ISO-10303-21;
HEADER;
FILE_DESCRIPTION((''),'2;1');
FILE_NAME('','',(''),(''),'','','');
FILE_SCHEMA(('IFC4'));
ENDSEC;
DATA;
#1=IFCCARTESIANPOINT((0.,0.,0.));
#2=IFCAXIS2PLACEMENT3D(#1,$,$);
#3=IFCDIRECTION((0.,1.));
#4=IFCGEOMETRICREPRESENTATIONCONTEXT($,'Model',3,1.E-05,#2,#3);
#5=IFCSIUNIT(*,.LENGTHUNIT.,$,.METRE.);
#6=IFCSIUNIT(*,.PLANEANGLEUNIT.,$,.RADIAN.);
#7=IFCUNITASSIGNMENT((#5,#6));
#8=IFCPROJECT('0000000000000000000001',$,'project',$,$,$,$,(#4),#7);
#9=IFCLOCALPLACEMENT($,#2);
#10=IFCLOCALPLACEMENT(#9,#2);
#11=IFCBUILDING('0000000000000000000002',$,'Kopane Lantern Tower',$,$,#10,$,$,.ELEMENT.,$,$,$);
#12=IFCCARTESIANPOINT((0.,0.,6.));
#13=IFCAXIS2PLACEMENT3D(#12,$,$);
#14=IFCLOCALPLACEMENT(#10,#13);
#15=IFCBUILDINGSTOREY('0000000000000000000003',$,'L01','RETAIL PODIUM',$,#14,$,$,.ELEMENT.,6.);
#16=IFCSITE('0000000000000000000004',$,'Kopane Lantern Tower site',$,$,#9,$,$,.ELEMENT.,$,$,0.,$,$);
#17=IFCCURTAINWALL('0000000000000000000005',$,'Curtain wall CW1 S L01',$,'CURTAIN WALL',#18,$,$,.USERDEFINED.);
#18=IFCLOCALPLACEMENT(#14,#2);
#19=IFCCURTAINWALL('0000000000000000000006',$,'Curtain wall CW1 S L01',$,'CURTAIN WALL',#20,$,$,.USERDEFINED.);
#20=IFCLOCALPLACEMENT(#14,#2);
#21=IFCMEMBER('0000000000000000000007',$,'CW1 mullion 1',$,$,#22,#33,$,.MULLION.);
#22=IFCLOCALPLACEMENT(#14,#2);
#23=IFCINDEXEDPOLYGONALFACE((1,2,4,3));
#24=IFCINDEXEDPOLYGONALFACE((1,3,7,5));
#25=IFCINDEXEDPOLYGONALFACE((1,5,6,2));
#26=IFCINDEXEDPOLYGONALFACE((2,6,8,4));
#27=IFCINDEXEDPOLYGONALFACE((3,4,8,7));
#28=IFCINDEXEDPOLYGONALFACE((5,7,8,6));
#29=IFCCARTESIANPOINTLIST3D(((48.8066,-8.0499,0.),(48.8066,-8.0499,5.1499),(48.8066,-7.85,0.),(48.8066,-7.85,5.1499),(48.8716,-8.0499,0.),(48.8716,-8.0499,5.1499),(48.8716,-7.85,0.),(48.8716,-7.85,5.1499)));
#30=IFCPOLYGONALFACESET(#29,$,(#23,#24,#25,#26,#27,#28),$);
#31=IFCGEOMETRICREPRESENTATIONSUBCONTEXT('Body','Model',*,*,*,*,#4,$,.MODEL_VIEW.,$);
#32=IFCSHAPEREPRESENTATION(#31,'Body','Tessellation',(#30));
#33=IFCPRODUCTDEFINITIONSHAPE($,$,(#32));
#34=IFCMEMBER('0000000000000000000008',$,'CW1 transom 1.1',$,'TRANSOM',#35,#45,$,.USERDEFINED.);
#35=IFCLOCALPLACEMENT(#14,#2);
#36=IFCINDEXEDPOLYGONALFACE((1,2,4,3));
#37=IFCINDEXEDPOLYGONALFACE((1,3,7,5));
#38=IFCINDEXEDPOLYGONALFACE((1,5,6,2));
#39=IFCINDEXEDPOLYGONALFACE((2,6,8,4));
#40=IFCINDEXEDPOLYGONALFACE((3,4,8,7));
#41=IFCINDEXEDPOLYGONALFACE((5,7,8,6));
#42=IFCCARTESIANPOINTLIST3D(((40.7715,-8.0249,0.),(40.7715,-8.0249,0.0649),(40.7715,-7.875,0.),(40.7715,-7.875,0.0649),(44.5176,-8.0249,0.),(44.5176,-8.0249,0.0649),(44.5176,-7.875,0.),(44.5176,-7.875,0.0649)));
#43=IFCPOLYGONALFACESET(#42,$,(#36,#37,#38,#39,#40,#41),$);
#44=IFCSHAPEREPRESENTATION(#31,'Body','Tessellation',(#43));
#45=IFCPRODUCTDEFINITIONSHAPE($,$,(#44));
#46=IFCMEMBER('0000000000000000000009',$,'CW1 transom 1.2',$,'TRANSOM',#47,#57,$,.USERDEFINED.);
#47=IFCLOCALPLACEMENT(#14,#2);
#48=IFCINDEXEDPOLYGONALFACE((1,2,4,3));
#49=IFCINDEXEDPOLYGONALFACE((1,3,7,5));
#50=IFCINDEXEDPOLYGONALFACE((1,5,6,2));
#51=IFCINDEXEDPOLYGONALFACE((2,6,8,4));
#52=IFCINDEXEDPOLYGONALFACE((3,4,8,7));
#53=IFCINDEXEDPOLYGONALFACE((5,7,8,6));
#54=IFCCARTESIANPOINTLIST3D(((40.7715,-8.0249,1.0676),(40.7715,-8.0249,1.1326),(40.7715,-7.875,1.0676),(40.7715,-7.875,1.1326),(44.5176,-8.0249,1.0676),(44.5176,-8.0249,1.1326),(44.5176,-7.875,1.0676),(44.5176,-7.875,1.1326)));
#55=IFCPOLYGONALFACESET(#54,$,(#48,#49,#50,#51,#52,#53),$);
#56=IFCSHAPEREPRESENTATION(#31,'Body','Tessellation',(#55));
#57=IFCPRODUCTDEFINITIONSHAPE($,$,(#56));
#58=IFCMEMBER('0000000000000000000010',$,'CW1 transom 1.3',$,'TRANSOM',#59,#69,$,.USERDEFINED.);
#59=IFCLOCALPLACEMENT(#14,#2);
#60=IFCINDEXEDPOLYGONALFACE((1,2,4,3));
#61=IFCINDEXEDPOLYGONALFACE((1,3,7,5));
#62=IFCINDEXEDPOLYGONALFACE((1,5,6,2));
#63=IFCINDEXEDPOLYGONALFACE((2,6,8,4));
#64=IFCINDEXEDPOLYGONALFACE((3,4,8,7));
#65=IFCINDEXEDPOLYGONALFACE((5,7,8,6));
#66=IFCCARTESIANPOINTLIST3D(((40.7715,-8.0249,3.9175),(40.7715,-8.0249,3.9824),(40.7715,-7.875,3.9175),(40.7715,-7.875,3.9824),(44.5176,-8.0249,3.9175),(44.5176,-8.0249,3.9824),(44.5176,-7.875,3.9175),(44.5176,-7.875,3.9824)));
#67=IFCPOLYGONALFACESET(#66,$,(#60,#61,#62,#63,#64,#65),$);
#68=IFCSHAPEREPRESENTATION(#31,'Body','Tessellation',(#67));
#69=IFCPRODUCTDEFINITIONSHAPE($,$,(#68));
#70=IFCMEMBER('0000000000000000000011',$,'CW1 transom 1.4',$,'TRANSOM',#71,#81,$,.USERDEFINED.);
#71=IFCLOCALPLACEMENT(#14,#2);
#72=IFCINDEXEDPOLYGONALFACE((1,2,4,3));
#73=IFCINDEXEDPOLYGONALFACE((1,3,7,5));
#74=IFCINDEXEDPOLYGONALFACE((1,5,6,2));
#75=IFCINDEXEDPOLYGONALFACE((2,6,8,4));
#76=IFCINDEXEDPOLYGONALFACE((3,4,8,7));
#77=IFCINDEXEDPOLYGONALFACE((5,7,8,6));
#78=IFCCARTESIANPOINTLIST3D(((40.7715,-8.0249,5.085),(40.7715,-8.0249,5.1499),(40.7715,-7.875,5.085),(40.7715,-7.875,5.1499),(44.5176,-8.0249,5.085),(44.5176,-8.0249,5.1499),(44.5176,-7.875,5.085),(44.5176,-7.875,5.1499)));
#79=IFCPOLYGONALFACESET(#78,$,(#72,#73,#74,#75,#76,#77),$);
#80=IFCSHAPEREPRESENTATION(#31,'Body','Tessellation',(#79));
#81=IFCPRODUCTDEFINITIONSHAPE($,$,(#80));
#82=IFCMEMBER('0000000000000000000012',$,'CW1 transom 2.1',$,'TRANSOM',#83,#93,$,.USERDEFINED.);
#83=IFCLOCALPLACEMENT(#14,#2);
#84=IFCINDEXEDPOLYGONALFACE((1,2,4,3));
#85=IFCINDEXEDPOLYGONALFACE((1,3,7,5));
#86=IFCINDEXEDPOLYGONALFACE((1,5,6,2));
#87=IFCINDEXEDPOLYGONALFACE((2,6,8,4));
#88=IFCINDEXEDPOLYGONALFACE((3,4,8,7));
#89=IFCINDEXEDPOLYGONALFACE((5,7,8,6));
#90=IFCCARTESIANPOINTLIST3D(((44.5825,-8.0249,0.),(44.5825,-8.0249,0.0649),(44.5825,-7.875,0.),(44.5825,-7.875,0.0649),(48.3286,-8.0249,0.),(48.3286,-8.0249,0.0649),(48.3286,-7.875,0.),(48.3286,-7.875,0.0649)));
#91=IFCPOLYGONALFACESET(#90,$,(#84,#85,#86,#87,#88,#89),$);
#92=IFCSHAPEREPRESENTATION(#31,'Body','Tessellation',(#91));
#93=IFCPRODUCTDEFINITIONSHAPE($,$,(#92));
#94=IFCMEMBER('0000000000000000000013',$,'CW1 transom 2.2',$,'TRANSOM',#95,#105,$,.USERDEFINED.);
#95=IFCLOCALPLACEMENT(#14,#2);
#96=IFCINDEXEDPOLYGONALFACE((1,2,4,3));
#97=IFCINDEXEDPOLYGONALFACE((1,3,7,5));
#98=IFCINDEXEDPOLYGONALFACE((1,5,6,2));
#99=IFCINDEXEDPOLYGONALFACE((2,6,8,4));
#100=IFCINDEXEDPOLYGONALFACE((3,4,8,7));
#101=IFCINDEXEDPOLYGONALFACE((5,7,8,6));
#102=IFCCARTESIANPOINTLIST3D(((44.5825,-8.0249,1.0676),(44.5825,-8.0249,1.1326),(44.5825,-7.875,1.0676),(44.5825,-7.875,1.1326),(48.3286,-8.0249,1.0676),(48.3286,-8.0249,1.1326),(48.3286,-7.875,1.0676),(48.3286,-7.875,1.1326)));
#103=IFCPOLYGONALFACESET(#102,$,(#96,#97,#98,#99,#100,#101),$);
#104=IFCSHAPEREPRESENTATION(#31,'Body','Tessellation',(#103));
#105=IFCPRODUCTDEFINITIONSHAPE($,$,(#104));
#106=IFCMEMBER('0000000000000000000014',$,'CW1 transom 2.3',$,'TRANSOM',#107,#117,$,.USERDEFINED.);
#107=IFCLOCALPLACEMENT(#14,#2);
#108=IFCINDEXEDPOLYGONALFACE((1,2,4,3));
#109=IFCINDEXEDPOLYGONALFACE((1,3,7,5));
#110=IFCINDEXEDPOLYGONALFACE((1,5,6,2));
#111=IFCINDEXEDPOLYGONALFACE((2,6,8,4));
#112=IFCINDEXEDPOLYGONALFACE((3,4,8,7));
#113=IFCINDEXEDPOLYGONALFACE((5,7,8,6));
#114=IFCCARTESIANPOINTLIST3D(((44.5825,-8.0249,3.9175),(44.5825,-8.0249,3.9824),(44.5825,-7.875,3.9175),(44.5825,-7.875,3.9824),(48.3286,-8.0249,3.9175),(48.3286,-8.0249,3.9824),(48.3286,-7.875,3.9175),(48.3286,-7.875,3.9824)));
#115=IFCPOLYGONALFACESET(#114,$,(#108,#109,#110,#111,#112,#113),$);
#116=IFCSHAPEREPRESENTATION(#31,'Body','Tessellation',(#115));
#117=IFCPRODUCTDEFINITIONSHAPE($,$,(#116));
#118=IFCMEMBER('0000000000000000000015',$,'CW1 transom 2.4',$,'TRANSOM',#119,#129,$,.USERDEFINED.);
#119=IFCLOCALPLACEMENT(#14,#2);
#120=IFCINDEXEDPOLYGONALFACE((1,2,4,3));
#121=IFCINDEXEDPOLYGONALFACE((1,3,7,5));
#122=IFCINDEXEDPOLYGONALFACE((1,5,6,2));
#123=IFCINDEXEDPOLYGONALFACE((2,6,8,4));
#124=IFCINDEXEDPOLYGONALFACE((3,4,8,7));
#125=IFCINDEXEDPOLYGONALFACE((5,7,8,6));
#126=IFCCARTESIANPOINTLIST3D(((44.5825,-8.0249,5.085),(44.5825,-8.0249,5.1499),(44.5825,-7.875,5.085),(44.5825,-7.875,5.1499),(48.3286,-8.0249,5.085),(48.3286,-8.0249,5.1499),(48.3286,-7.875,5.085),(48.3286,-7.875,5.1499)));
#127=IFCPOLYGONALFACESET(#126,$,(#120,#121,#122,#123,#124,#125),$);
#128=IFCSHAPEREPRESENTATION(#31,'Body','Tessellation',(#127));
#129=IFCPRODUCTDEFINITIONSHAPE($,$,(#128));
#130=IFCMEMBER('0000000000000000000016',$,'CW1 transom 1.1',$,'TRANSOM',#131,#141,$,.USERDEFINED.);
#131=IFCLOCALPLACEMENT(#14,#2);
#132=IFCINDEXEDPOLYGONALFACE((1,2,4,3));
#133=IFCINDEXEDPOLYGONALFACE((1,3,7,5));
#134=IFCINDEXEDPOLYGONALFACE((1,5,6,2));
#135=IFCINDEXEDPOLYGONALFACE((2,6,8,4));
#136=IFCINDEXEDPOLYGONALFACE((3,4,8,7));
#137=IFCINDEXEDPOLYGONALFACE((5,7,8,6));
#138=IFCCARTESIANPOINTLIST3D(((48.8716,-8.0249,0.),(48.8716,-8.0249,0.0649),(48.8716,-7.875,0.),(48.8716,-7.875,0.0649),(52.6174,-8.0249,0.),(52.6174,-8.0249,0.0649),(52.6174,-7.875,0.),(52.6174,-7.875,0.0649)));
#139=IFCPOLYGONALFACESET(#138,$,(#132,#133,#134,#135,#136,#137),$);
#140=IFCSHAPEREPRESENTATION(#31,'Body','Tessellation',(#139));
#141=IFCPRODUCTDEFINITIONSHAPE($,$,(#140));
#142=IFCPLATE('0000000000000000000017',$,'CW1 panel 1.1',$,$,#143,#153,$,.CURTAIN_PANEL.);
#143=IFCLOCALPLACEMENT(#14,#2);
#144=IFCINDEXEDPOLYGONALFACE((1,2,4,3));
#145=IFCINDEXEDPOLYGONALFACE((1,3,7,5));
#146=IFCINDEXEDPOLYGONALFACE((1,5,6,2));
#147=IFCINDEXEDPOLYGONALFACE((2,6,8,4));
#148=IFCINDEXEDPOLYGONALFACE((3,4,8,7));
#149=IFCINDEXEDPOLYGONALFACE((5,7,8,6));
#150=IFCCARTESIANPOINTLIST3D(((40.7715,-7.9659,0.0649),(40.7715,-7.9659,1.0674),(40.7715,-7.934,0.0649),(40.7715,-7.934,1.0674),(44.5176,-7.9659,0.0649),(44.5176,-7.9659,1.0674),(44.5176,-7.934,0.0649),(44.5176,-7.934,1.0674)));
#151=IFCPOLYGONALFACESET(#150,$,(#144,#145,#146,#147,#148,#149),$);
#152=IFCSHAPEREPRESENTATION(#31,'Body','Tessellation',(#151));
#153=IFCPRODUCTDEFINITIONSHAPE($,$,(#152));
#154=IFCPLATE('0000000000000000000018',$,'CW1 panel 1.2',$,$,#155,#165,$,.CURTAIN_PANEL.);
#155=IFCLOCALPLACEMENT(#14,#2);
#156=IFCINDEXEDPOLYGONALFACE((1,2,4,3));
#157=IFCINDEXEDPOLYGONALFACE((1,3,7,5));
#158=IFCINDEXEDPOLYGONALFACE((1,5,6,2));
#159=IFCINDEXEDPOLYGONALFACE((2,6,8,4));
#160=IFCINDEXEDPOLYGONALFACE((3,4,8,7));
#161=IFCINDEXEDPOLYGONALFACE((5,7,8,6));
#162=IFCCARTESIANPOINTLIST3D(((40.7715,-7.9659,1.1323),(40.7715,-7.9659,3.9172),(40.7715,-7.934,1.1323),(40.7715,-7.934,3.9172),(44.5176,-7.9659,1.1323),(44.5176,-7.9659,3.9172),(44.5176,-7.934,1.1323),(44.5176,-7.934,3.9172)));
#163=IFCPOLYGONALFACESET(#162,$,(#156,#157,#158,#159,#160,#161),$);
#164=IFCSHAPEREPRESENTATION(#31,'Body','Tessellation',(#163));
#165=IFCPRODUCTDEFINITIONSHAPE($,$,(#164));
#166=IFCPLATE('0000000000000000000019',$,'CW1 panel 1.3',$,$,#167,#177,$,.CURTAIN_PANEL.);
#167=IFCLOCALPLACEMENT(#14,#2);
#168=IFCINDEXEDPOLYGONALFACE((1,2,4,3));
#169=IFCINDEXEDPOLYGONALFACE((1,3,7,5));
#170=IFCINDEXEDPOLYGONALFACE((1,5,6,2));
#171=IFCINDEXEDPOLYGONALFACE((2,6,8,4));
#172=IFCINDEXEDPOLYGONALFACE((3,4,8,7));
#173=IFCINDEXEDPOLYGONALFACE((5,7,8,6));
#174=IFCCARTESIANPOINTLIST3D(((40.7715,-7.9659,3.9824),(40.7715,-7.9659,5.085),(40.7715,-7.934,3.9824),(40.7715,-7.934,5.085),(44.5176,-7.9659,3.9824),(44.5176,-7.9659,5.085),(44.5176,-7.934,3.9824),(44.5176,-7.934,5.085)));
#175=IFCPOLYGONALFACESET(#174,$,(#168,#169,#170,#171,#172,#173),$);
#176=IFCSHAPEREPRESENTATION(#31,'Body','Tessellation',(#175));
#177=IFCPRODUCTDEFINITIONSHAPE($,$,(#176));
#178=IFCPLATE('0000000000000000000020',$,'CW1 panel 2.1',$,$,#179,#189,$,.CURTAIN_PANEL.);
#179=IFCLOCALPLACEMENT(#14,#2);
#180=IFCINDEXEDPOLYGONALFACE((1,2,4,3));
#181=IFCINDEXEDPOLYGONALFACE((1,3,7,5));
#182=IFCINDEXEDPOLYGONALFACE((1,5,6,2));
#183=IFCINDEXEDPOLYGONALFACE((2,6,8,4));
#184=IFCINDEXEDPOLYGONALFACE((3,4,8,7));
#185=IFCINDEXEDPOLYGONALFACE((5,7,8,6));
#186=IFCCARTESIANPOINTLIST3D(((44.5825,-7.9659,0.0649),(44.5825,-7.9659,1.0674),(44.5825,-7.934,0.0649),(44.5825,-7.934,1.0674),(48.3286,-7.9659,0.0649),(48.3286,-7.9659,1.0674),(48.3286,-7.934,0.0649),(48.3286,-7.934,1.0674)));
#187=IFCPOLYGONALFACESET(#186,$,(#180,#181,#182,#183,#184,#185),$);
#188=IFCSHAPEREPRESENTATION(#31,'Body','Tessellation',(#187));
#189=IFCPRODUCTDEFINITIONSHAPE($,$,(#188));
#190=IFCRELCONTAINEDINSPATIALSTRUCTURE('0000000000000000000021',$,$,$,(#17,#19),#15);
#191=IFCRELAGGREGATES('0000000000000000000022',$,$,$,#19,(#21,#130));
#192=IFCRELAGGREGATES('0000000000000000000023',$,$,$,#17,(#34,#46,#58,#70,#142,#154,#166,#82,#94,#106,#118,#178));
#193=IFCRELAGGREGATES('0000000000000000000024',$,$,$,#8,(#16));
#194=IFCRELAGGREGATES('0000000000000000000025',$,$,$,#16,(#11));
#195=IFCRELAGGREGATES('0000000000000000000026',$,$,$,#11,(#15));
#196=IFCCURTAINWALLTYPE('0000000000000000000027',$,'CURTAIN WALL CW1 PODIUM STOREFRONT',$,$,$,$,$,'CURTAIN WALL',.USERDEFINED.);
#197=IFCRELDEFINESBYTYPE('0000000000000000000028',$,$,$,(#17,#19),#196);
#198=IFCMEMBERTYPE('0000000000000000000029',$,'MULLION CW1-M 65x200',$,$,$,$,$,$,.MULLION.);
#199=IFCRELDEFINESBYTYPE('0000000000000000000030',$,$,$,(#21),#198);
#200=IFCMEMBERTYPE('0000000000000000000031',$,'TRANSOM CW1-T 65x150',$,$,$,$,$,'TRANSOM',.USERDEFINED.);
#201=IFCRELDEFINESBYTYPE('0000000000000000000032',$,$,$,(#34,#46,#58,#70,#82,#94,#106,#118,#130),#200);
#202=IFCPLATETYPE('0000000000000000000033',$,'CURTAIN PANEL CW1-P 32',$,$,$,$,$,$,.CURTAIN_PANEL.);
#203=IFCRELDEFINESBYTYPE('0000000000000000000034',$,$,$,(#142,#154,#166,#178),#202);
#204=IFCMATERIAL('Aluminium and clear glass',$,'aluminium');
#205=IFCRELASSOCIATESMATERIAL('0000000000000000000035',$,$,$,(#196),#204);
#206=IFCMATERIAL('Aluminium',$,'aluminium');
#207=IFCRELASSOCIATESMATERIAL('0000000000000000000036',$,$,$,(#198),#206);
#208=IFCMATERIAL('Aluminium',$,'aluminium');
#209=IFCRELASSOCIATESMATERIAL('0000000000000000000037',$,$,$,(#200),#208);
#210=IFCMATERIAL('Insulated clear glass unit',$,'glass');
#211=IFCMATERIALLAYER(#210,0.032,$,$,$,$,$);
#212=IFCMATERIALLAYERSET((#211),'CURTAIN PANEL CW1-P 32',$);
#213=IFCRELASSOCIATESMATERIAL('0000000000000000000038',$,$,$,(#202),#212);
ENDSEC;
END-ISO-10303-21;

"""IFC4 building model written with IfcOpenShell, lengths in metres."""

from ifc_helpers import new_model, si_unit, direction, frame, origin, origin_2d, place, context, subcontext, project, spatial, rectangle, extrude, material, layer, layer_set, material_profile, profile_set, type_object, element, aggregate, save


model = new_model("IFC4")

# Units and contexts
model_context = context("Model", 3, precision=1e-05, world=origin(), true_north=direction((0.0, 1.0)))
body_context = subcontext(model_context, "Body", "Model", "MODEL_VIEW")
ifc_project = project(units=[si_unit("LENGTHUNIT", "METRE"), si_unit("PLANEANGLEUNIT", "RADIAN")], contexts=[model_context])

# Site, building, storey
site_placement = place(None, origin())
site = spatial("IfcSite", under=ifc_project, at=site_placement, Name="Kopane Lantern Tower site", CompositionType="ELEMENT", RefElevation=0.0)
building_placement = place(site_placement, origin())
building = spatial("IfcBuilding", under=site, at=building_placement, Name="Kopane Lantern Tower", CompositionType="ELEMENT")
storey_placement = place(building_placement, frame((0.0, 0.0, 6.0)))
storey = spatial("IfcBuildingStorey", under=building, at=storey_placement, Name="L01", Description="RETAIL PODIUM", CompositionType="ELEMENT", Elevation=6.0)

# Curtain wall
ifc_material_1 = material(Name="Aluminium and clear glass", Category="aluminium")
curtain_wall_type = type_object("IfcCurtainWallType", Name="CURTAIN WALL CW1 PODIUM STOREFRONT", ElementType="CURTAIN WALL", PredefinedType="USERDEFINED", material=ifc_material_1)
curtain_wall_1_placement = place(storey_placement, origin())
curtain_wall_1 = element("IfcCurtainWall", 1, at=curtain_wall_1_placement, inside=storey, type_object=curtain_wall_type, Name="Curtain wall CW1 S L01", ObjectType="CURTAIN WALL", PredefinedType="USERDEFINED")
ifc_material_2 = material(Name="Aluminium", Category="aluminium")
ifc_material_profile_1 = material_profile(ifc_material_2, rectangle(XDim=0.0649, YDim=0.2, at=origin_2d()), Name="AL 65x200")
ifc_profile_set_1 = profile_set([ifc_material_profile_1], Name="Aluminium")
member_type_1 = type_object("IfcMemberType", Name="MULLION CW1-M 65x200", PredefinedType="MULLION", material=ifc_profile_set_1)

# Curtain wall, member
curtain_wall_2_placement = place(storey_placement, origin())
curtain_wall_2 = element("IfcCurtainWall", 2, at=curtain_wall_2_placement, inside=storey, type_object=curtain_wall_type, Name="Curtain wall CW1 S L01", ObjectType="CURTAIN WALL", PredefinedType="USERDEFINED")
member_1_placement = place(storey_placement, frame((48.8391, -7.95, 0.0), z_axis=(0.0, 0.0, 1.0), x_axis=(1.0, 0.0, 0.0)))
member_1 = element("IfcMember", 3, at=member_1_placement, type_object=member_type_1, Name="CW1 mullion 1", PredefinedType="MULLION", context=body_context, shape_type="SweptSolid", body=[
    extrude(rectangle(XDim=0.0649, YDim=0.2, at=origin_2d()), origin(), (0.0, 0.0, 1.0), 5.1499),
])

# Members
ifc_material_3 = material(Name="Aluminium", Category="aluminium")
ifc_material_profile_2 = material_profile(ifc_material_3, rectangle(XDim=0.1499, YDim=0.0649, at=origin_2d()), Name="AL 150x65")
ifc_profile_set_2 = profile_set([ifc_material_profile_2], Name="Aluminium")
member_type_2 = type_object("IfcMemberType", Name="TRANSOM CW1-T 65x150", ElementType="TRANSOM", PredefinedType="USERDEFINED", material=ifc_profile_set_2)
member_2_placement = place(storey_placement, frame((40.7715, -7.95, 0.0325), z_axis=(1.0, 0.0, 0.0), x_axis=(0.0, 1.0, 0.0)))
member_2 = element("IfcMember", 4, at=member_2_placement, type_object=member_type_2, Name="CW1 transom 1.1", ObjectType="TRANSOM", PredefinedType="USERDEFINED", context=body_context, shape_type="SweptSolid", body=[
    extrude(rectangle(XDim=0.1499, YDim=0.0649, at=origin_2d()), origin(), (0.0, 0.0, 1.0), 3.7461),
])
member_3_placement = place(storey_placement, frame((40.7715, -7.95, 1.1001), z_axis=(1.0, 0.0, 0.0), x_axis=(0.0, 1.0, 0.0)))
member_3 = element("IfcMember", 5, at=member_3_placement, type_object=member_type_2, Name="CW1 transom 1.2", ObjectType="TRANSOM", PredefinedType="USERDEFINED", context=body_context, shape_type="SweptSolid", body=[
    extrude(rectangle(XDim=0.1499, YDim=0.0649, at=origin_2d()), origin(), (0.0, 0.0, 1.0), 3.7461),
])
member_4_placement = place(storey_placement, frame((40.7715, -7.95, 3.95), z_axis=(1.0, 0.0, 0.0), x_axis=(0.0, 1.0, 0.0)))
member_4 = element("IfcMember", 6, at=member_4_placement, type_object=member_type_2, Name="CW1 transom 1.3", ObjectType="TRANSOM", PredefinedType="USERDEFINED", context=body_context, shape_type="SweptSolid", body=[
    extrude(rectangle(XDim=0.1499, YDim=0.0649, at=origin_2d()), origin(), (0.0, 0.0, 1.0), 3.7461),
])
member_5_placement = place(storey_placement, frame((40.7715, -7.95, 5.1174), z_axis=(1.0, 0.0, 0.0), x_axis=(0.0, 1.0, 0.0)))
member_5 = element("IfcMember", 7, at=member_5_placement, type_object=member_type_2, Name="CW1 transom 1.4", ObjectType="TRANSOM", PredefinedType="USERDEFINED", context=body_context, shape_type="SweptSolid", body=[
    extrude(rectangle(XDim=0.1499, YDim=0.0649, at=origin_2d()), origin(), (0.0, 0.0, 1.0), 3.7461),
])
member_6_placement = place(storey_placement, frame((44.5825, -7.95, 0.0325), z_axis=(1.0, 0.0, 0.0), x_axis=(0.0, 1.0, 0.0)))
member_6 = element("IfcMember", 8, at=member_6_placement, type_object=member_type_2, Name="CW1 transom 2.1", ObjectType="TRANSOM", PredefinedType="USERDEFINED", context=body_context, shape_type="SweptSolid", body=[
    extrude(rectangle(XDim=0.1499, YDim=0.0649, at=origin_2d()), origin(), (0.0, 0.0, 1.0), 3.7461),
])
member_7_placement = place(storey_placement, frame((44.5825, -7.95, 1.1001), z_axis=(1.0, 0.0, 0.0), x_axis=(0.0, 1.0, 0.0)))
member_7 = element("IfcMember", 9, at=member_7_placement, type_object=member_type_2, Name="CW1 transom 2.2", ObjectType="TRANSOM", PredefinedType="USERDEFINED", context=body_context, shape_type="SweptSolid", body=[
    extrude(rectangle(XDim=0.1499, YDim=0.0649, at=origin_2d()), origin(), (0.0, 0.0, 1.0), 3.7461),
])
member_8_placement = place(storey_placement, frame((44.5825, -7.95, 3.95), z_axis=(1.0, 0.0, 0.0), x_axis=(0.0, 1.0, 0.0)))
member_8 = element("IfcMember", 10, at=member_8_placement, type_object=member_type_2, Name="CW1 transom 2.3", ObjectType="TRANSOM", PredefinedType="USERDEFINED", context=body_context, shape_type="SweptSolid", body=[
    extrude(rectangle(XDim=0.1499, YDim=0.0649, at=origin_2d()), origin(), (0.0, 0.0, 1.0), 3.7461),
])
member_9_placement = place(storey_placement, frame((44.5825, -7.95, 5.1174), z_axis=(1.0, 0.0, 0.0), x_axis=(0.0, 1.0, 0.0)))
member_9 = element("IfcMember", 11, at=member_9_placement, type_object=member_type_2, Name="CW1 transom 2.4", ObjectType="TRANSOM", PredefinedType="USERDEFINED", context=body_context, shape_type="SweptSolid", body=[
    extrude(rectangle(XDim=0.1499, YDim=0.0649, at=origin_2d()), origin(), (0.0, 0.0, 1.0), 3.7461),
])
member_10_placement = place(storey_placement, frame((48.8716, -7.95, 0.0325), z_axis=(1.0, 0.0, 0.0), x_axis=(0.0, 1.0, 0.0)))
member_10 = element("IfcMember", 12, at=member_10_placement, type_object=member_type_2, Name="CW1 transom 1.1", ObjectType="TRANSOM", PredefinedType="USERDEFINED", context=body_context, shape_type="SweptSolid", body=[
    extrude(rectangle(XDim=0.1499, YDim=0.0649, at=origin_2d()), origin(), (0.0, 0.0, 1.0), 3.7458),
])
aggregate(curtain_wall_2, [member_1, member_10])

# Plates
ifc_material_4 = material(Name="Insulated clear glass unit", Category="glass")
ifc_layer = layer(ifc_material_4, 0.032)
ifc_layer_set = layer_set([ifc_layer], Name="CURTAIN PANEL CW1-P 32")
plate_type = type_object("IfcPlateType", Name="CURTAIN PANEL CW1-P 32", PredefinedType="CURTAIN_PANEL", material=ifc_layer_set)
plate_1_placement = place(storey_placement, frame((42.6445, -7.95, 0.0649), z_axis=(0.0, 0.0, 1.0), x_axis=(1.0, 0.0, 0.0)))
plate_1 = element("IfcPlate", 13, at=plate_1_placement, type_object=plate_type, Name="CW1 panel 1.1", PredefinedType="CURTAIN_PANEL", context=body_context, shape_type="SweptSolid", body=[
    extrude(rectangle(XDim=3.7461, YDim=0.032, at=origin_2d()), origin(), (0.0, 0.0, 1.0), 1.0024),
])
plate_2_placement = place(storey_placement, frame((42.6445, -7.95, 1.1323), z_axis=(0.0, 0.0, 1.0), x_axis=(1.0, 0.0, 0.0)))
plate_2 = element("IfcPlate", 14, at=plate_2_placement, type_object=plate_type, Name="CW1 panel 1.2", PredefinedType="CURTAIN_PANEL", context=body_context, shape_type="SweptSolid", body=[
    extrude(rectangle(XDim=3.7461, YDim=0.032, at=origin_2d()), origin(), (0.0, 0.0, 1.0), 2.7849),
])
plate_3_placement = place(storey_placement, frame((42.6445, -7.95, 3.9824), z_axis=(0.0, 0.0, 1.0), x_axis=(1.0, 0.0, 0.0)))
plate_3 = element("IfcPlate", 15, at=plate_3_placement, type_object=plate_type, Name="CW1 panel 1.3", PredefinedType="CURTAIN_PANEL", context=body_context, shape_type="SweptSolid", body=[
    extrude(rectangle(XDim=3.7461, YDim=0.032, at=origin_2d()), origin(), (0.0, 0.0, 1.0), 1.1025),
])
plate_4_placement = place(storey_placement, frame((46.4556, -7.95, 0.0649), z_axis=(0.0, 0.0, 1.0), x_axis=(1.0, 0.0, 0.0)))
plate_4 = element("IfcPlate", 16, at=plate_4_placement, type_object=plate_type, Name="CW1 panel 2.1", PredefinedType="CURTAIN_PANEL", context=body_context, shape_type="SweptSolid", body=[
    extrude(rectangle(XDim=3.7461, YDim=0.032, at=origin_2d()), origin(), (0.0, 0.0, 1.0), 1.0024),
])
aggregate(curtain_wall_1, [member_2, member_3, member_4, member_5, plate_1, plate_2, plate_3, member_6, member_7, member_8, member_9, plate_4])

save(model, "model.ifc")
